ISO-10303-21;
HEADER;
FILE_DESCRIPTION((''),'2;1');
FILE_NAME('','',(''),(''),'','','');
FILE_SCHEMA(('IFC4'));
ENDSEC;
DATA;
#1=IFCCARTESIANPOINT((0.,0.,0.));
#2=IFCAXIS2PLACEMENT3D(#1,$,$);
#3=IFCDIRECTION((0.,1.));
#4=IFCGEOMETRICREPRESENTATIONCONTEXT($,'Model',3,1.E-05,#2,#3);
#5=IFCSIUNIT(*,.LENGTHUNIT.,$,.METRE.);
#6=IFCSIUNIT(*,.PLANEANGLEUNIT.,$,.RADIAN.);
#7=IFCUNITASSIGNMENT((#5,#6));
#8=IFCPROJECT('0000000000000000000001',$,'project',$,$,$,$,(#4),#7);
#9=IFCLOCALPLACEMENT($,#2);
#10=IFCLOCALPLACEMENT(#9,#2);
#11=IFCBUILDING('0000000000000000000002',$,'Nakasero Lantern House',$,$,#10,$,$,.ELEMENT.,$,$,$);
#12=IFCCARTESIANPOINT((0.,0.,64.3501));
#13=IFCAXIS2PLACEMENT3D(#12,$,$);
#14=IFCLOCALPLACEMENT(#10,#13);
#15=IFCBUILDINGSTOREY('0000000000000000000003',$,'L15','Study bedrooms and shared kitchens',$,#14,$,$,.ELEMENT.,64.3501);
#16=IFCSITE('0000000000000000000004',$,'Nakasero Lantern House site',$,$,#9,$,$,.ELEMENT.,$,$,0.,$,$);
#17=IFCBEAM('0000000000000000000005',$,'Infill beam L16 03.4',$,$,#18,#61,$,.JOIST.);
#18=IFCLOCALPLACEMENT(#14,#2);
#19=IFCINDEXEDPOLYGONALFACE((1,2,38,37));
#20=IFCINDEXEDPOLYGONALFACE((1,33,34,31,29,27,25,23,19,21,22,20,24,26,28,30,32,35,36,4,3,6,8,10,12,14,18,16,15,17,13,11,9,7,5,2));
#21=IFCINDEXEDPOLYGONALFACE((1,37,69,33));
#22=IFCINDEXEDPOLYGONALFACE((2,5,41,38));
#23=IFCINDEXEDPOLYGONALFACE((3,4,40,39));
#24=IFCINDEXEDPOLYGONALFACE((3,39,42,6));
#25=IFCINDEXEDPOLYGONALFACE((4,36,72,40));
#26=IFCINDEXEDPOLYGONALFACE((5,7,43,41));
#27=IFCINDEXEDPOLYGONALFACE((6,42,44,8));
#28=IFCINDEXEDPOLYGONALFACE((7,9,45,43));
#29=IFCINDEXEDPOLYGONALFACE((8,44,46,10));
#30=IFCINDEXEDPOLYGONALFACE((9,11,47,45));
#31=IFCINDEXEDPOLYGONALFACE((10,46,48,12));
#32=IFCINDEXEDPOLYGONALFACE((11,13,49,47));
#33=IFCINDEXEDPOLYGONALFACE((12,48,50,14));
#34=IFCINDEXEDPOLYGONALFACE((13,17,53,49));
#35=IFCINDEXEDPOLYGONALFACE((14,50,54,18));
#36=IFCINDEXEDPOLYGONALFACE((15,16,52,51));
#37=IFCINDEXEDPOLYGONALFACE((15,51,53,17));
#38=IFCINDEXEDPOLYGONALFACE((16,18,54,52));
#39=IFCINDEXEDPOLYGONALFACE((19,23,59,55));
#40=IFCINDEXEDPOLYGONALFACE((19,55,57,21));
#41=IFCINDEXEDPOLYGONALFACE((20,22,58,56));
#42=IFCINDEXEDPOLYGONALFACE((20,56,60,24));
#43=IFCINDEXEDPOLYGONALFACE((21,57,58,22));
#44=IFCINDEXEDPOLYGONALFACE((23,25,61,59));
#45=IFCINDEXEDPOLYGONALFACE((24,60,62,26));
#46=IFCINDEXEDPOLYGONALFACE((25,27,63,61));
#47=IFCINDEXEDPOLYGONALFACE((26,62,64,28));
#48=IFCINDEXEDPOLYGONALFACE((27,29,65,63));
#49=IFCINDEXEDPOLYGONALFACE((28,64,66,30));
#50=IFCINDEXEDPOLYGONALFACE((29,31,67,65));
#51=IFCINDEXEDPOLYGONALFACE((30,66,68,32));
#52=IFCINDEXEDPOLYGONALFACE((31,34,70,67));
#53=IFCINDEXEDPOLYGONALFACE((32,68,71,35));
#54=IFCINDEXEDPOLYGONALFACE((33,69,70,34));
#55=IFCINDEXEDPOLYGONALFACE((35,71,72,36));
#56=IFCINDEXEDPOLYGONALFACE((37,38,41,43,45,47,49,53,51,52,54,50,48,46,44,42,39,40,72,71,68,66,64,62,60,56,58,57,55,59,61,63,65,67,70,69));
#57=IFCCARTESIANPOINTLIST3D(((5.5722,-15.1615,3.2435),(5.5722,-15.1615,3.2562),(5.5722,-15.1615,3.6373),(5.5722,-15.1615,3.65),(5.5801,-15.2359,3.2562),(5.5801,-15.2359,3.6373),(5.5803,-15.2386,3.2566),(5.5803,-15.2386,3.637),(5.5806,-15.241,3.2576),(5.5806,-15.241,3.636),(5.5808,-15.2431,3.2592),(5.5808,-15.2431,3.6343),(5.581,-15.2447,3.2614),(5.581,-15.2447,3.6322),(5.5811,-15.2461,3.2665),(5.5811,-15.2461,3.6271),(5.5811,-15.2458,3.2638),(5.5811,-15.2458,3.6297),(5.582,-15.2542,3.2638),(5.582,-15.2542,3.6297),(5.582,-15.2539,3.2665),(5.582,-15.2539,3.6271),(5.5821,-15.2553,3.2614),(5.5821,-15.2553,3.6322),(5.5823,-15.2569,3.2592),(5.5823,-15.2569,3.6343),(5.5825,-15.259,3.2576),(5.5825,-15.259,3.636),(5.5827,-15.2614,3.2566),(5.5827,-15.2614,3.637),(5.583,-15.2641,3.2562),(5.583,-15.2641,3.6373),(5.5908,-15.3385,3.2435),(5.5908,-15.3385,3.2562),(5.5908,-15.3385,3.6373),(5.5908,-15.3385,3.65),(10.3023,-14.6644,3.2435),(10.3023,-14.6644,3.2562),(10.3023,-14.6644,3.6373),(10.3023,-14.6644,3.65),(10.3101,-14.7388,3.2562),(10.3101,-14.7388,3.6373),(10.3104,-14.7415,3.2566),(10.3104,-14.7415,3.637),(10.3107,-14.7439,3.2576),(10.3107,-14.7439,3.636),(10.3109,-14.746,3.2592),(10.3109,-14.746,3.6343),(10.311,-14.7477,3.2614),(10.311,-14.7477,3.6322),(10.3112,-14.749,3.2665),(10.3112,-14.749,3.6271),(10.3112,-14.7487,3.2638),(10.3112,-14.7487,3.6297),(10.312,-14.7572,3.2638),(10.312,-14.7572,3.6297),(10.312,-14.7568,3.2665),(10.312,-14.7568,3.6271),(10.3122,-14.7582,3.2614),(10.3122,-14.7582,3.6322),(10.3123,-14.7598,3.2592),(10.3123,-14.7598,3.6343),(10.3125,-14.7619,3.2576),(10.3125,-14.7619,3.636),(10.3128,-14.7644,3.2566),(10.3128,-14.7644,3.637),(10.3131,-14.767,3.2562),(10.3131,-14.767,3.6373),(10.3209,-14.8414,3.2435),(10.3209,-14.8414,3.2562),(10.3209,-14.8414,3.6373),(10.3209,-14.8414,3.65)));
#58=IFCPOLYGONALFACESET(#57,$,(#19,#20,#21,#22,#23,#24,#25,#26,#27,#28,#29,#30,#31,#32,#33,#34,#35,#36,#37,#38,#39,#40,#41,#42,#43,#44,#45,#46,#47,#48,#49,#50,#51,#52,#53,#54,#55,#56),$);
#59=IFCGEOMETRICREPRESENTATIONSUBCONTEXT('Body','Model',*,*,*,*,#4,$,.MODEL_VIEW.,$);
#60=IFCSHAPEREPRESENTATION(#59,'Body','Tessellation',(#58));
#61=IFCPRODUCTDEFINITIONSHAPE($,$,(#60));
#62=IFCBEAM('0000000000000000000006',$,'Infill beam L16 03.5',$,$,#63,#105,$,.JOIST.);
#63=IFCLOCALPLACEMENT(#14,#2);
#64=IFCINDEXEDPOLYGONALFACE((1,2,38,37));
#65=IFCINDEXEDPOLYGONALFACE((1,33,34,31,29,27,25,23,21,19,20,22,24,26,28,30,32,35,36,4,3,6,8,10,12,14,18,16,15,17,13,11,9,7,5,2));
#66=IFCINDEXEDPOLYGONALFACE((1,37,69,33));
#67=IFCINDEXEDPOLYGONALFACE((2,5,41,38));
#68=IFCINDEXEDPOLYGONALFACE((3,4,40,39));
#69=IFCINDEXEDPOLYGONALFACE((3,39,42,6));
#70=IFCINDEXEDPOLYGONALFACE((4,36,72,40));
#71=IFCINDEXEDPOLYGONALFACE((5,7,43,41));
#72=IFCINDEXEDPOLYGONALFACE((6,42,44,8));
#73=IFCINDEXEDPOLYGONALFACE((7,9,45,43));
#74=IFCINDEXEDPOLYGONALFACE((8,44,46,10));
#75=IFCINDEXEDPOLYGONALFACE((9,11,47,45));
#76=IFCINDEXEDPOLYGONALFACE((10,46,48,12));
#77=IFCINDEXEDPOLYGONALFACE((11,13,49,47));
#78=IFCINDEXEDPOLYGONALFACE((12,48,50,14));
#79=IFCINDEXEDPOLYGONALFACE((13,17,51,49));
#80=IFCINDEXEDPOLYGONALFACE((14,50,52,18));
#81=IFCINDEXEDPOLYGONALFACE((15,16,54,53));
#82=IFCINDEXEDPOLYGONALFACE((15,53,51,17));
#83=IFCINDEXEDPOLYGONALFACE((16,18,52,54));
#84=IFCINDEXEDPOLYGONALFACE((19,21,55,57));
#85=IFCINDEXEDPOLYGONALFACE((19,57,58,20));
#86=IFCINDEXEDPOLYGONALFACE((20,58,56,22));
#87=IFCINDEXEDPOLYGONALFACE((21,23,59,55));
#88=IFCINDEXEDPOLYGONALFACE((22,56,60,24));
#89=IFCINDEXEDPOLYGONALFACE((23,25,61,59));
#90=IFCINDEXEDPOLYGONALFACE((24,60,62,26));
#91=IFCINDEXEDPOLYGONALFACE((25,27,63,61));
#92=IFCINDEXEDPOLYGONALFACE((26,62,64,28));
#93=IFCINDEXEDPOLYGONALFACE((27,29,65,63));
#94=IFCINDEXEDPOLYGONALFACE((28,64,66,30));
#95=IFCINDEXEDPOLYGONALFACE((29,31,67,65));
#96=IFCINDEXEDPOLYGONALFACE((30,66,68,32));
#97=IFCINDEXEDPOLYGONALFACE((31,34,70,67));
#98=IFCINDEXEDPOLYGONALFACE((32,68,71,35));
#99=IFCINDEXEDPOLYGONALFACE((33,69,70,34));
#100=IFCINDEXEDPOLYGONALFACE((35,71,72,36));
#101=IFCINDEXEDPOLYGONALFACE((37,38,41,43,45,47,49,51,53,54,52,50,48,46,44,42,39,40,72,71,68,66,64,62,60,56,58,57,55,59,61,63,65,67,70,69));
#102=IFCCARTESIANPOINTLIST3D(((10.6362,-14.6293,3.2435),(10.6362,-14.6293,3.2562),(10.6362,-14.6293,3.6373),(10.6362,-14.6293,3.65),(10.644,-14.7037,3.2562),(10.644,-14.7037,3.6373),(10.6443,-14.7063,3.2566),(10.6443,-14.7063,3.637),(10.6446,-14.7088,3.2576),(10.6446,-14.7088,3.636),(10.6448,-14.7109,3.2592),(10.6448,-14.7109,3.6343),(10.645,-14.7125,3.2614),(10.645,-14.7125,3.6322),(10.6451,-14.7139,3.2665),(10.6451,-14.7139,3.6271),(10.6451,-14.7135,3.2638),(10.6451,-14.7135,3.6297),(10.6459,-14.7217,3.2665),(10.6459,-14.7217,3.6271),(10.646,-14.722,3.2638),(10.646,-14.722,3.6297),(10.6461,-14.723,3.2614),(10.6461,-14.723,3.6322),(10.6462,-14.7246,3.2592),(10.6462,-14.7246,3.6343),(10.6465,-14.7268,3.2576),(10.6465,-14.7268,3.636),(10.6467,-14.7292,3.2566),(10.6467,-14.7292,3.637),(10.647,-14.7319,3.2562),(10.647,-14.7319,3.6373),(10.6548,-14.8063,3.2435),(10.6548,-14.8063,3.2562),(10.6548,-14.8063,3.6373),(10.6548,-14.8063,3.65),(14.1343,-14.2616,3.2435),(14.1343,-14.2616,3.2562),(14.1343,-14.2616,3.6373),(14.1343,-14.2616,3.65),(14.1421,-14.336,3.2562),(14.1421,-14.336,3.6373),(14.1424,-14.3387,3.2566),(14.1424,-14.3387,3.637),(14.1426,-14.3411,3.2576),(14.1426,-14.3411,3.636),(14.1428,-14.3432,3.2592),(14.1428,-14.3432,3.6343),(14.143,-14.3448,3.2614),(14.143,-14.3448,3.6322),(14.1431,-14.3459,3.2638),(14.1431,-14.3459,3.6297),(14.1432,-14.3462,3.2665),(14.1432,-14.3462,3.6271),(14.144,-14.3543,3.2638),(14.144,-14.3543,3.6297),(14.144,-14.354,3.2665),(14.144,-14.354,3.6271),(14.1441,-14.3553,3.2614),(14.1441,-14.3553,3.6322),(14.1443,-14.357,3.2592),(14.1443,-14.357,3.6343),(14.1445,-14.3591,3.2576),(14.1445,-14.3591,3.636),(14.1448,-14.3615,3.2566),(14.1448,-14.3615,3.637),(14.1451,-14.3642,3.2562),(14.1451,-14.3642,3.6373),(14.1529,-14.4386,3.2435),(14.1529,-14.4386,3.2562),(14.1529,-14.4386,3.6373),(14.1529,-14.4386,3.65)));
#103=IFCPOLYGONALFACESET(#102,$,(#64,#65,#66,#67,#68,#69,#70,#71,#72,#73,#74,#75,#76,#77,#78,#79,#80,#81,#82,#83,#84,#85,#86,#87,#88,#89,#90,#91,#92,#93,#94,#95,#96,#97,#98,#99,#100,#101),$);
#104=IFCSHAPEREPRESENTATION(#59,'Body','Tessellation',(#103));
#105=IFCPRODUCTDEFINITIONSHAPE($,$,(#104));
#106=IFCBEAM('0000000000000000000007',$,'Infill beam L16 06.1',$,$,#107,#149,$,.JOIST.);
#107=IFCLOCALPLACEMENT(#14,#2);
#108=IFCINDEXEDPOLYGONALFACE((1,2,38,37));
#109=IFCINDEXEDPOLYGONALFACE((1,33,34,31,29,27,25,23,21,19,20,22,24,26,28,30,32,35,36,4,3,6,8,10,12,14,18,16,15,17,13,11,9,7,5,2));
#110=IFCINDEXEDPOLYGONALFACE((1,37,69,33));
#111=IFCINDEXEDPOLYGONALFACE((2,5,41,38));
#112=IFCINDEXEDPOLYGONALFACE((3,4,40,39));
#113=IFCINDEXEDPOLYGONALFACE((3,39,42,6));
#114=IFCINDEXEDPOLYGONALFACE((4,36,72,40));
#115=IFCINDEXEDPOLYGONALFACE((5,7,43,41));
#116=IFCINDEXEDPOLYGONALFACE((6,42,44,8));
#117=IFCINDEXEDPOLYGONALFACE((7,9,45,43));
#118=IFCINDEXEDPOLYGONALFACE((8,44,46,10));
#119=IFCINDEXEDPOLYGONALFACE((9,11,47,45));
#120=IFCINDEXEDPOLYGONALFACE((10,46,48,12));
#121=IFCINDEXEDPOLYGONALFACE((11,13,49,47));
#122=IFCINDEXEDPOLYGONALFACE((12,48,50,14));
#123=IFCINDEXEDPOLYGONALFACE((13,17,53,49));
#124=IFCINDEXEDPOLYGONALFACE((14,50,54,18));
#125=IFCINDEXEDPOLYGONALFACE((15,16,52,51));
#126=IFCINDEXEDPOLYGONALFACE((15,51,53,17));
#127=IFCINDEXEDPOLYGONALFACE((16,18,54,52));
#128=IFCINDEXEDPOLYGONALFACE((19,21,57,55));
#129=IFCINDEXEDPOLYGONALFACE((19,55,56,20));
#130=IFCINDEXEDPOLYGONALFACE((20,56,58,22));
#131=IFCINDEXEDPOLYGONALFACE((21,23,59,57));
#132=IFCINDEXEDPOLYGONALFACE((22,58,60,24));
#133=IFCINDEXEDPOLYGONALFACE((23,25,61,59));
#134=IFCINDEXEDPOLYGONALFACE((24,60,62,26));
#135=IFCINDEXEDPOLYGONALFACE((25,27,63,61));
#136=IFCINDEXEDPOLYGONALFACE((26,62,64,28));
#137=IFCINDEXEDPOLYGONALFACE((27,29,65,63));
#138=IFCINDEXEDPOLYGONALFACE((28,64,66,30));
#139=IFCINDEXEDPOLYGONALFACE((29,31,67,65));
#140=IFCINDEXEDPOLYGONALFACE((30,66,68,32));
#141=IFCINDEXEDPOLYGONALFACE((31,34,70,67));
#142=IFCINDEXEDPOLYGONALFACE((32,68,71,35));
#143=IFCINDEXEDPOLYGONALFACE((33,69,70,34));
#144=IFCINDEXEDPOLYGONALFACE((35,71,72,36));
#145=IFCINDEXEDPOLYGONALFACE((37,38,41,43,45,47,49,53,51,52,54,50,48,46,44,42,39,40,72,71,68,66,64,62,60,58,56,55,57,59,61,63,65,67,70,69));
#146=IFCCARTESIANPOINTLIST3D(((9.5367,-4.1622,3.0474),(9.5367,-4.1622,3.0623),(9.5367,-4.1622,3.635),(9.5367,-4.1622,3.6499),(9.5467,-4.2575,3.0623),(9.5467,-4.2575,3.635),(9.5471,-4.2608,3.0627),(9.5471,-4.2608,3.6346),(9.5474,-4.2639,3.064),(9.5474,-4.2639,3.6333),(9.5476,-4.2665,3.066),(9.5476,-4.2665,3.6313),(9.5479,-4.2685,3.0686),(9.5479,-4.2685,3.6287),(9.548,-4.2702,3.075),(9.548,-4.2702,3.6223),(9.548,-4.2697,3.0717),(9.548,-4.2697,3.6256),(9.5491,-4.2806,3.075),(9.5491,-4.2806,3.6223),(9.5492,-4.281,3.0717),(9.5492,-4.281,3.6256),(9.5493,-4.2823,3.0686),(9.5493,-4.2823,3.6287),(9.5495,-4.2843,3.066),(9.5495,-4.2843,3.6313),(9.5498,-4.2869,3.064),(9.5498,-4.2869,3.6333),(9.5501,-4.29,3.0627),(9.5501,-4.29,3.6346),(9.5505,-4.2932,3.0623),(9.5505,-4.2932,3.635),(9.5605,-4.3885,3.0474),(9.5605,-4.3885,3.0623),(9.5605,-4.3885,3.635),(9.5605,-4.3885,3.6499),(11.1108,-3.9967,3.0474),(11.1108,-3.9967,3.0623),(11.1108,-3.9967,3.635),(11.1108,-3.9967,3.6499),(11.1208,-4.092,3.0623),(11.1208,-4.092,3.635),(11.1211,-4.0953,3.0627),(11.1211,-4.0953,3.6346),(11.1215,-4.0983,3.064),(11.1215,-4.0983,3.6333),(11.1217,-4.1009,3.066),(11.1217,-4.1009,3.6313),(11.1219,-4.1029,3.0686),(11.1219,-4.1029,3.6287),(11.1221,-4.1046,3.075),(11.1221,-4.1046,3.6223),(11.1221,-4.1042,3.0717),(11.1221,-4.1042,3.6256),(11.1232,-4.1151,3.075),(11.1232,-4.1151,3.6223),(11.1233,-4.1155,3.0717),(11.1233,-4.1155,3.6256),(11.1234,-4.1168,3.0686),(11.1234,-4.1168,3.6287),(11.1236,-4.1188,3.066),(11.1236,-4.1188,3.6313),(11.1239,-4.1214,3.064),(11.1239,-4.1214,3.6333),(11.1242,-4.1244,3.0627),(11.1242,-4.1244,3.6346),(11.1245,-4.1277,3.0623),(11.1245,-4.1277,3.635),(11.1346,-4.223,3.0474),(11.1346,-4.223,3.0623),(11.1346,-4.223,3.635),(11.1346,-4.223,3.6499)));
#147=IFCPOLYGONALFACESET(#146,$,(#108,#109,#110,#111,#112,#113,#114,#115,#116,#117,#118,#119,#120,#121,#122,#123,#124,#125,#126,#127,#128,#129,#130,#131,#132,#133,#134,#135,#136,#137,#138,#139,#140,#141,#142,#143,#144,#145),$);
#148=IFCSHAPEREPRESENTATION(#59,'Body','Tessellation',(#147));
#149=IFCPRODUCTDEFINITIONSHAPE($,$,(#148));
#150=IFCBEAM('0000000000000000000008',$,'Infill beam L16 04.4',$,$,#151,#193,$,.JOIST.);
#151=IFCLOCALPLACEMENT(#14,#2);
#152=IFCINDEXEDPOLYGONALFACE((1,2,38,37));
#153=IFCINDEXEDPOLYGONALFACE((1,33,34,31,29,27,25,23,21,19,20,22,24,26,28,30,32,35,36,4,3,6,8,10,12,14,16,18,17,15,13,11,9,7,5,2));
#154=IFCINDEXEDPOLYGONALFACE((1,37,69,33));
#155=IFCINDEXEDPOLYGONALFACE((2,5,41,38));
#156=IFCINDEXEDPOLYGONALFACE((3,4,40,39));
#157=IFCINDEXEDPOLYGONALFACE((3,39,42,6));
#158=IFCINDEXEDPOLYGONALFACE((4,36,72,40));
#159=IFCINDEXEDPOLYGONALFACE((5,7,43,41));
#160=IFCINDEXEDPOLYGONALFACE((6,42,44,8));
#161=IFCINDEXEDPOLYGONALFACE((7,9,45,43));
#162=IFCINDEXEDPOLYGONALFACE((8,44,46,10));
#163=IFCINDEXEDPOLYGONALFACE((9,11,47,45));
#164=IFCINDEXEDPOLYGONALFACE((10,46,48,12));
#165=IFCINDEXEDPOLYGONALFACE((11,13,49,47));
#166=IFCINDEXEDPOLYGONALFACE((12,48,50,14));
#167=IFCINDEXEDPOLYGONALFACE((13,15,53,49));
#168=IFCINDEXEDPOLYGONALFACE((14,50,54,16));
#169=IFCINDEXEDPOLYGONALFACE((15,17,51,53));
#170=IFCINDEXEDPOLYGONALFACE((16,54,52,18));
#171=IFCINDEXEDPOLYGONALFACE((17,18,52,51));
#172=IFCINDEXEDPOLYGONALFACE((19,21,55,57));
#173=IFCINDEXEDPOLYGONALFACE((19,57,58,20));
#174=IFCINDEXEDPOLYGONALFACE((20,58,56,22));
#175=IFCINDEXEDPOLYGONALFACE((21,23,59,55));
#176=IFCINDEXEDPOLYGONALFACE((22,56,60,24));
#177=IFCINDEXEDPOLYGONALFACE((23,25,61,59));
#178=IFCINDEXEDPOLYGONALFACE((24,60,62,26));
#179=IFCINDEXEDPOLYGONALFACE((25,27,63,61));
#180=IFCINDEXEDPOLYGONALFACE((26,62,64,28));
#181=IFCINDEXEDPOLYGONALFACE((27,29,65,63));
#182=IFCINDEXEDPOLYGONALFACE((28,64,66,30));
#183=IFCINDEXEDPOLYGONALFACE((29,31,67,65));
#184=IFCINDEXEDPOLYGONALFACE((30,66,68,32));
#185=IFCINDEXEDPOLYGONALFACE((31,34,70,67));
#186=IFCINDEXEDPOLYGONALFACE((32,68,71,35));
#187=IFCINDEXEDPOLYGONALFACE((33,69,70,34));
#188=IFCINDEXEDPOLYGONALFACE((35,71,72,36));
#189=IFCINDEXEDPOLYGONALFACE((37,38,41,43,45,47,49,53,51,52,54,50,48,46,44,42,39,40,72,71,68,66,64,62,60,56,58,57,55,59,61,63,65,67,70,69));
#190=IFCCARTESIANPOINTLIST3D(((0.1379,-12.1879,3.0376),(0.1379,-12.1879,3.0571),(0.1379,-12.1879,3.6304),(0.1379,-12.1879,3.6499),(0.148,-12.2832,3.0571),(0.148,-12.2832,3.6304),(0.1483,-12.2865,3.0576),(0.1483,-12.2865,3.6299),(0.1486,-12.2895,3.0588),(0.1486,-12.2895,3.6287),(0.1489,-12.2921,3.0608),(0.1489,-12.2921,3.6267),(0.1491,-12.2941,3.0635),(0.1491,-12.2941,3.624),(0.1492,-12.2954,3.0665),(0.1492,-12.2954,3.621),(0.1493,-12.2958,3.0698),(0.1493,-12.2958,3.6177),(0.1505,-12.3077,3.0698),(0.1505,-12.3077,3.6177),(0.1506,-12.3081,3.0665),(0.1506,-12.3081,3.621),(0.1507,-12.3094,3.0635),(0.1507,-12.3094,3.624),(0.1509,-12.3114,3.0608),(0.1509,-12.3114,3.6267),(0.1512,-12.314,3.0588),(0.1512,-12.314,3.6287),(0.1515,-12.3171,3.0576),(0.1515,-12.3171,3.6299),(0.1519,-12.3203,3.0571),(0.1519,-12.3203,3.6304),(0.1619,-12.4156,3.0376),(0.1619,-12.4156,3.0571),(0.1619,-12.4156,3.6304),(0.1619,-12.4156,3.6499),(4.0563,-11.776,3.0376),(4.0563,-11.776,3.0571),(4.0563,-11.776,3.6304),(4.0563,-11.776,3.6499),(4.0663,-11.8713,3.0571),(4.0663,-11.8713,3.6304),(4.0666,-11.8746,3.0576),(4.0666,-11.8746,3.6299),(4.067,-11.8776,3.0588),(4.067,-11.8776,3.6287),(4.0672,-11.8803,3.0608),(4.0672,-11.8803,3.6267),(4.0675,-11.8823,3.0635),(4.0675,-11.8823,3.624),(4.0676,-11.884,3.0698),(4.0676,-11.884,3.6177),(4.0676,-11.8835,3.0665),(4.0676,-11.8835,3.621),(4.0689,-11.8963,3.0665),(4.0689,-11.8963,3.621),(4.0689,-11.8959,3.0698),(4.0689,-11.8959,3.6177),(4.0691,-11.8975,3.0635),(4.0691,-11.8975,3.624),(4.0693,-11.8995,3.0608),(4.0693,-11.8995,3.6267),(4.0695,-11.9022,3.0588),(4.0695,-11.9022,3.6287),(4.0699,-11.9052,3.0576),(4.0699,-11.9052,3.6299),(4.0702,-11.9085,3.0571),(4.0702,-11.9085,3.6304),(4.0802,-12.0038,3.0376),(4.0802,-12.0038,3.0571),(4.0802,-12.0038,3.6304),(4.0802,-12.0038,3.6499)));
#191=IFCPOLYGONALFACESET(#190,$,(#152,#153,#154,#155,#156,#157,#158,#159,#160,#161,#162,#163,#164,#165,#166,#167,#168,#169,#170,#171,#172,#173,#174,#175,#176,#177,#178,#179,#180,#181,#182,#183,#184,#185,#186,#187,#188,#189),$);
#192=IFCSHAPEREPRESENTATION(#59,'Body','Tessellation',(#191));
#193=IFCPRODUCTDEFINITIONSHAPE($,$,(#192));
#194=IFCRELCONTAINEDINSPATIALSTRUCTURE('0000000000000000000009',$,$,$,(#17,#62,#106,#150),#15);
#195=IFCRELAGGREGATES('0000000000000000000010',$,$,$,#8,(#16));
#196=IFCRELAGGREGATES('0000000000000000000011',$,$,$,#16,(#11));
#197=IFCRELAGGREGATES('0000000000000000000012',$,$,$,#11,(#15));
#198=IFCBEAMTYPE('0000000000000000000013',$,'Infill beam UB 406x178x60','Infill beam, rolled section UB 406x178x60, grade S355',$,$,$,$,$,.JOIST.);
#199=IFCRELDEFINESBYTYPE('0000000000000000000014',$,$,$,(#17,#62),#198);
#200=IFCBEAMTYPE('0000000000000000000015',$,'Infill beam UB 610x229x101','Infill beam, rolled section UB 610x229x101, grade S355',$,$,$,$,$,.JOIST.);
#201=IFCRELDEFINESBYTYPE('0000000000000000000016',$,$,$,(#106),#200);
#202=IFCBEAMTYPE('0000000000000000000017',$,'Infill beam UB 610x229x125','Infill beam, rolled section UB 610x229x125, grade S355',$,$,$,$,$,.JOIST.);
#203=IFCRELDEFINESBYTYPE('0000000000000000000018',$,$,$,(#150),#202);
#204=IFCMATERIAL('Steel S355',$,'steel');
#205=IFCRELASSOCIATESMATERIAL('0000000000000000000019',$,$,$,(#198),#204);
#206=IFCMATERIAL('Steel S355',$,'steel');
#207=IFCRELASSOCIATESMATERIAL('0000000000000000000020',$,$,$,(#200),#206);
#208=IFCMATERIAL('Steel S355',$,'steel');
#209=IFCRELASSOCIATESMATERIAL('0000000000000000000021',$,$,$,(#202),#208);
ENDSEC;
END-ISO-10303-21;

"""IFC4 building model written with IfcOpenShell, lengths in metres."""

from ifc_helpers import new_model, si_unit, direction, frame, origin, origin_2d, place, context, subcontext, project, spatial, i_section, extrude, material, material_profile, profile_set, type_object, element, save


model = new_model("IFC4")

# Units and contexts
model_context = context("Model", 3, precision=1e-05, world=origin(), true_north=direction((0.0, 1.0)))
body_context = subcontext(model_context, "Body", "Model", "MODEL_VIEW")
ifc_project = project(units=[si_unit("LENGTHUNIT", "METRE"), si_unit("PLANEANGLEUNIT", "RADIAN")], contexts=[model_context])

# Site, building, storey
site_placement = place(None, origin())
site = spatial("IfcSite", under=ifc_project, at=site_placement, Name="Nakasero Lantern House site", CompositionType="ELEMENT", RefElevation=0.0)
building_placement = place(site_placement, origin())
building = spatial("IfcBuilding", under=site, at=building_placement, Name="Nakasero Lantern House", CompositionType="ELEMENT")
storey_placement = place(building_placement, frame((0.0, 0.0, 64.3501)))
storey = spatial("IfcBuildingStorey", under=building, at=storey_placement, Name="L15", Description="Study bedrooms and shared kitchens", CompositionType="ELEMENT", Elevation=64.3501)

# Beams
ifc_material_1 = material(Name="Steel S355", Category="steel")
ifc_material_profile_1 = material_profile(ifc_material_1, i_section(OverallWidth=0.178, OverallDepth=0.4065, WebThickness=0.0078, FlangeThickness=0.0127, FilletRadius=0.0103, at=origin_2d()), Name="UB 406x178x60")
ifc_profile_set_1 = profile_set([ifc_material_profile_1], Name="Steel S355")
beam_type_1 = type_object("IfcBeamType", Name="Infill beam UB 406x178x60", Description="Infill beam, rolled section UB 406x178x60, grade S355", PredefinedType="JOIST", material=ifc_profile_set_1)
beam_1_placement = place(storey_placement, frame((5.5815, -15.25, 3.4468), z_axis=(0.994523, 0.104514, 0.0), x_axis=(-0.104514, 0.994523, 0.0)))
element("IfcBeam", 1, at=beam_1_placement, inside=storey, type_object=beam_type_1, Name="Infill beam L16 03.4", PredefinedType="JOIST", context=body_context, shape_type="SweptSolid", body=[
    extrude(i_section(OverallWidth=0.178, OverallDepth=0.4065, WebThickness=0.0078, FlangeThickness=0.0127, FilletRadius=0.0103, at=origin_2d()), origin(), (0.0, 0.0, 1.0), 4.7561),
])
beam_2_placement = place(storey_placement, frame((10.6455, -14.7178, 3.4468), z_axis=(0.994521, 0.104533, 0.0), x_axis=(-0.104533, 0.994521, 0.0)))
element("IfcBeam", 2, at=beam_2_placement, inside=storey, type_object=beam_type_1, Name="Infill beam L16 03.5", PredefinedType="JOIST", context=body_context, shape_type="SweptSolid", body=[
    extrude(i_section(OverallWidth=0.178, OverallDepth=0.4065, WebThickness=0.0078, FlangeThickness=0.0127, FilletRadius=0.0103, at=origin_2d()), origin(), (0.0, 0.0, 1.0), 3.5173),
])
ifc_material_2 = material(Name="Steel S355", Category="steel")
ifc_material_profile_2 = material_profile(ifc_material_2, i_section(OverallWidth=0.2275, OverallDepth=0.6025, WebThickness=0.0105, FlangeThickness=0.0149, FilletRadius=0.0127, at=origin_2d()), Name="UB 610x229x101")
ifc_profile_set_2 = profile_set([ifc_material_profile_2], Name="Steel S355")
beam_type_2 = type_object("IfcBeamType", Name="Infill beam UB 610x229x101", Description="Infill beam, rolled section UB 610x229x101, grade S355", PredefinedType="JOIST", material=ifc_profile_set_2)
beam_3_placement = place(storey_placement, frame((9.5486, -4.2754, 3.3486), z_axis=(0.994516, 0.104588, 0.0), x_axis=(-0.104588, 0.994516, 0.0)))
element("IfcBeam", 3, at=beam_3_placement, inside=storey, type_object=beam_type_2, Name="Infill beam L16 06.1", PredefinedType="JOIST", context=body_context, shape_type="SweptSolid", body=[
    extrude(i_section(OverallWidth=0.2275, OverallDepth=0.6025, WebThickness=0.0105, FlangeThickness=0.0149, FilletRadius=0.0127, at=origin_2d()), origin(), (0.0, 0.0, 1.0), 1.5828),
])
ifc_material_3 = material(Name="Steel S355", Category="steel")
ifc_material_profile_3 = material_profile(ifc_material_3, i_section(OverallWidth=0.229, OverallDepth=0.6123, WebThickness=0.012, FlangeThickness=0.0195, FilletRadius=0.0127, at=origin_2d()), Name="UB 610x229x125")
ifc_profile_set_3 = profile_set([ifc_material_profile_3], Name="Steel S355")
beam_type_3 = type_object("IfcBeamType", Name="Infill beam UB 610x229x125", Description="Infill beam, rolled section UB 610x229x125, grade S355", PredefinedType="JOIST", material=ifc_profile_set_3)
beam_4_placement = place(storey_placement, frame((0.1499, -12.3018, 3.3438), z_axis=(0.994521, 0.104533, 0.0), x_axis=(-0.104533, 0.994521, 0.0)))
element("IfcBeam", 4, at=beam_4_placement, inside=storey, type_object=beam_type_3, Name="Infill beam L16 04.4", PredefinedType="JOIST", context=body_context, shape_type="SweptSolid", body=[
    extrude(i_section(OverallWidth=0.229, OverallDepth=0.6123, WebThickness=0.012, FlangeThickness=0.0195, FilletRadius=0.0127, at=origin_2d()), origin(), (0.0, 0.0, 1.0), 3.9399),
])

save(model, "model.ifc")
